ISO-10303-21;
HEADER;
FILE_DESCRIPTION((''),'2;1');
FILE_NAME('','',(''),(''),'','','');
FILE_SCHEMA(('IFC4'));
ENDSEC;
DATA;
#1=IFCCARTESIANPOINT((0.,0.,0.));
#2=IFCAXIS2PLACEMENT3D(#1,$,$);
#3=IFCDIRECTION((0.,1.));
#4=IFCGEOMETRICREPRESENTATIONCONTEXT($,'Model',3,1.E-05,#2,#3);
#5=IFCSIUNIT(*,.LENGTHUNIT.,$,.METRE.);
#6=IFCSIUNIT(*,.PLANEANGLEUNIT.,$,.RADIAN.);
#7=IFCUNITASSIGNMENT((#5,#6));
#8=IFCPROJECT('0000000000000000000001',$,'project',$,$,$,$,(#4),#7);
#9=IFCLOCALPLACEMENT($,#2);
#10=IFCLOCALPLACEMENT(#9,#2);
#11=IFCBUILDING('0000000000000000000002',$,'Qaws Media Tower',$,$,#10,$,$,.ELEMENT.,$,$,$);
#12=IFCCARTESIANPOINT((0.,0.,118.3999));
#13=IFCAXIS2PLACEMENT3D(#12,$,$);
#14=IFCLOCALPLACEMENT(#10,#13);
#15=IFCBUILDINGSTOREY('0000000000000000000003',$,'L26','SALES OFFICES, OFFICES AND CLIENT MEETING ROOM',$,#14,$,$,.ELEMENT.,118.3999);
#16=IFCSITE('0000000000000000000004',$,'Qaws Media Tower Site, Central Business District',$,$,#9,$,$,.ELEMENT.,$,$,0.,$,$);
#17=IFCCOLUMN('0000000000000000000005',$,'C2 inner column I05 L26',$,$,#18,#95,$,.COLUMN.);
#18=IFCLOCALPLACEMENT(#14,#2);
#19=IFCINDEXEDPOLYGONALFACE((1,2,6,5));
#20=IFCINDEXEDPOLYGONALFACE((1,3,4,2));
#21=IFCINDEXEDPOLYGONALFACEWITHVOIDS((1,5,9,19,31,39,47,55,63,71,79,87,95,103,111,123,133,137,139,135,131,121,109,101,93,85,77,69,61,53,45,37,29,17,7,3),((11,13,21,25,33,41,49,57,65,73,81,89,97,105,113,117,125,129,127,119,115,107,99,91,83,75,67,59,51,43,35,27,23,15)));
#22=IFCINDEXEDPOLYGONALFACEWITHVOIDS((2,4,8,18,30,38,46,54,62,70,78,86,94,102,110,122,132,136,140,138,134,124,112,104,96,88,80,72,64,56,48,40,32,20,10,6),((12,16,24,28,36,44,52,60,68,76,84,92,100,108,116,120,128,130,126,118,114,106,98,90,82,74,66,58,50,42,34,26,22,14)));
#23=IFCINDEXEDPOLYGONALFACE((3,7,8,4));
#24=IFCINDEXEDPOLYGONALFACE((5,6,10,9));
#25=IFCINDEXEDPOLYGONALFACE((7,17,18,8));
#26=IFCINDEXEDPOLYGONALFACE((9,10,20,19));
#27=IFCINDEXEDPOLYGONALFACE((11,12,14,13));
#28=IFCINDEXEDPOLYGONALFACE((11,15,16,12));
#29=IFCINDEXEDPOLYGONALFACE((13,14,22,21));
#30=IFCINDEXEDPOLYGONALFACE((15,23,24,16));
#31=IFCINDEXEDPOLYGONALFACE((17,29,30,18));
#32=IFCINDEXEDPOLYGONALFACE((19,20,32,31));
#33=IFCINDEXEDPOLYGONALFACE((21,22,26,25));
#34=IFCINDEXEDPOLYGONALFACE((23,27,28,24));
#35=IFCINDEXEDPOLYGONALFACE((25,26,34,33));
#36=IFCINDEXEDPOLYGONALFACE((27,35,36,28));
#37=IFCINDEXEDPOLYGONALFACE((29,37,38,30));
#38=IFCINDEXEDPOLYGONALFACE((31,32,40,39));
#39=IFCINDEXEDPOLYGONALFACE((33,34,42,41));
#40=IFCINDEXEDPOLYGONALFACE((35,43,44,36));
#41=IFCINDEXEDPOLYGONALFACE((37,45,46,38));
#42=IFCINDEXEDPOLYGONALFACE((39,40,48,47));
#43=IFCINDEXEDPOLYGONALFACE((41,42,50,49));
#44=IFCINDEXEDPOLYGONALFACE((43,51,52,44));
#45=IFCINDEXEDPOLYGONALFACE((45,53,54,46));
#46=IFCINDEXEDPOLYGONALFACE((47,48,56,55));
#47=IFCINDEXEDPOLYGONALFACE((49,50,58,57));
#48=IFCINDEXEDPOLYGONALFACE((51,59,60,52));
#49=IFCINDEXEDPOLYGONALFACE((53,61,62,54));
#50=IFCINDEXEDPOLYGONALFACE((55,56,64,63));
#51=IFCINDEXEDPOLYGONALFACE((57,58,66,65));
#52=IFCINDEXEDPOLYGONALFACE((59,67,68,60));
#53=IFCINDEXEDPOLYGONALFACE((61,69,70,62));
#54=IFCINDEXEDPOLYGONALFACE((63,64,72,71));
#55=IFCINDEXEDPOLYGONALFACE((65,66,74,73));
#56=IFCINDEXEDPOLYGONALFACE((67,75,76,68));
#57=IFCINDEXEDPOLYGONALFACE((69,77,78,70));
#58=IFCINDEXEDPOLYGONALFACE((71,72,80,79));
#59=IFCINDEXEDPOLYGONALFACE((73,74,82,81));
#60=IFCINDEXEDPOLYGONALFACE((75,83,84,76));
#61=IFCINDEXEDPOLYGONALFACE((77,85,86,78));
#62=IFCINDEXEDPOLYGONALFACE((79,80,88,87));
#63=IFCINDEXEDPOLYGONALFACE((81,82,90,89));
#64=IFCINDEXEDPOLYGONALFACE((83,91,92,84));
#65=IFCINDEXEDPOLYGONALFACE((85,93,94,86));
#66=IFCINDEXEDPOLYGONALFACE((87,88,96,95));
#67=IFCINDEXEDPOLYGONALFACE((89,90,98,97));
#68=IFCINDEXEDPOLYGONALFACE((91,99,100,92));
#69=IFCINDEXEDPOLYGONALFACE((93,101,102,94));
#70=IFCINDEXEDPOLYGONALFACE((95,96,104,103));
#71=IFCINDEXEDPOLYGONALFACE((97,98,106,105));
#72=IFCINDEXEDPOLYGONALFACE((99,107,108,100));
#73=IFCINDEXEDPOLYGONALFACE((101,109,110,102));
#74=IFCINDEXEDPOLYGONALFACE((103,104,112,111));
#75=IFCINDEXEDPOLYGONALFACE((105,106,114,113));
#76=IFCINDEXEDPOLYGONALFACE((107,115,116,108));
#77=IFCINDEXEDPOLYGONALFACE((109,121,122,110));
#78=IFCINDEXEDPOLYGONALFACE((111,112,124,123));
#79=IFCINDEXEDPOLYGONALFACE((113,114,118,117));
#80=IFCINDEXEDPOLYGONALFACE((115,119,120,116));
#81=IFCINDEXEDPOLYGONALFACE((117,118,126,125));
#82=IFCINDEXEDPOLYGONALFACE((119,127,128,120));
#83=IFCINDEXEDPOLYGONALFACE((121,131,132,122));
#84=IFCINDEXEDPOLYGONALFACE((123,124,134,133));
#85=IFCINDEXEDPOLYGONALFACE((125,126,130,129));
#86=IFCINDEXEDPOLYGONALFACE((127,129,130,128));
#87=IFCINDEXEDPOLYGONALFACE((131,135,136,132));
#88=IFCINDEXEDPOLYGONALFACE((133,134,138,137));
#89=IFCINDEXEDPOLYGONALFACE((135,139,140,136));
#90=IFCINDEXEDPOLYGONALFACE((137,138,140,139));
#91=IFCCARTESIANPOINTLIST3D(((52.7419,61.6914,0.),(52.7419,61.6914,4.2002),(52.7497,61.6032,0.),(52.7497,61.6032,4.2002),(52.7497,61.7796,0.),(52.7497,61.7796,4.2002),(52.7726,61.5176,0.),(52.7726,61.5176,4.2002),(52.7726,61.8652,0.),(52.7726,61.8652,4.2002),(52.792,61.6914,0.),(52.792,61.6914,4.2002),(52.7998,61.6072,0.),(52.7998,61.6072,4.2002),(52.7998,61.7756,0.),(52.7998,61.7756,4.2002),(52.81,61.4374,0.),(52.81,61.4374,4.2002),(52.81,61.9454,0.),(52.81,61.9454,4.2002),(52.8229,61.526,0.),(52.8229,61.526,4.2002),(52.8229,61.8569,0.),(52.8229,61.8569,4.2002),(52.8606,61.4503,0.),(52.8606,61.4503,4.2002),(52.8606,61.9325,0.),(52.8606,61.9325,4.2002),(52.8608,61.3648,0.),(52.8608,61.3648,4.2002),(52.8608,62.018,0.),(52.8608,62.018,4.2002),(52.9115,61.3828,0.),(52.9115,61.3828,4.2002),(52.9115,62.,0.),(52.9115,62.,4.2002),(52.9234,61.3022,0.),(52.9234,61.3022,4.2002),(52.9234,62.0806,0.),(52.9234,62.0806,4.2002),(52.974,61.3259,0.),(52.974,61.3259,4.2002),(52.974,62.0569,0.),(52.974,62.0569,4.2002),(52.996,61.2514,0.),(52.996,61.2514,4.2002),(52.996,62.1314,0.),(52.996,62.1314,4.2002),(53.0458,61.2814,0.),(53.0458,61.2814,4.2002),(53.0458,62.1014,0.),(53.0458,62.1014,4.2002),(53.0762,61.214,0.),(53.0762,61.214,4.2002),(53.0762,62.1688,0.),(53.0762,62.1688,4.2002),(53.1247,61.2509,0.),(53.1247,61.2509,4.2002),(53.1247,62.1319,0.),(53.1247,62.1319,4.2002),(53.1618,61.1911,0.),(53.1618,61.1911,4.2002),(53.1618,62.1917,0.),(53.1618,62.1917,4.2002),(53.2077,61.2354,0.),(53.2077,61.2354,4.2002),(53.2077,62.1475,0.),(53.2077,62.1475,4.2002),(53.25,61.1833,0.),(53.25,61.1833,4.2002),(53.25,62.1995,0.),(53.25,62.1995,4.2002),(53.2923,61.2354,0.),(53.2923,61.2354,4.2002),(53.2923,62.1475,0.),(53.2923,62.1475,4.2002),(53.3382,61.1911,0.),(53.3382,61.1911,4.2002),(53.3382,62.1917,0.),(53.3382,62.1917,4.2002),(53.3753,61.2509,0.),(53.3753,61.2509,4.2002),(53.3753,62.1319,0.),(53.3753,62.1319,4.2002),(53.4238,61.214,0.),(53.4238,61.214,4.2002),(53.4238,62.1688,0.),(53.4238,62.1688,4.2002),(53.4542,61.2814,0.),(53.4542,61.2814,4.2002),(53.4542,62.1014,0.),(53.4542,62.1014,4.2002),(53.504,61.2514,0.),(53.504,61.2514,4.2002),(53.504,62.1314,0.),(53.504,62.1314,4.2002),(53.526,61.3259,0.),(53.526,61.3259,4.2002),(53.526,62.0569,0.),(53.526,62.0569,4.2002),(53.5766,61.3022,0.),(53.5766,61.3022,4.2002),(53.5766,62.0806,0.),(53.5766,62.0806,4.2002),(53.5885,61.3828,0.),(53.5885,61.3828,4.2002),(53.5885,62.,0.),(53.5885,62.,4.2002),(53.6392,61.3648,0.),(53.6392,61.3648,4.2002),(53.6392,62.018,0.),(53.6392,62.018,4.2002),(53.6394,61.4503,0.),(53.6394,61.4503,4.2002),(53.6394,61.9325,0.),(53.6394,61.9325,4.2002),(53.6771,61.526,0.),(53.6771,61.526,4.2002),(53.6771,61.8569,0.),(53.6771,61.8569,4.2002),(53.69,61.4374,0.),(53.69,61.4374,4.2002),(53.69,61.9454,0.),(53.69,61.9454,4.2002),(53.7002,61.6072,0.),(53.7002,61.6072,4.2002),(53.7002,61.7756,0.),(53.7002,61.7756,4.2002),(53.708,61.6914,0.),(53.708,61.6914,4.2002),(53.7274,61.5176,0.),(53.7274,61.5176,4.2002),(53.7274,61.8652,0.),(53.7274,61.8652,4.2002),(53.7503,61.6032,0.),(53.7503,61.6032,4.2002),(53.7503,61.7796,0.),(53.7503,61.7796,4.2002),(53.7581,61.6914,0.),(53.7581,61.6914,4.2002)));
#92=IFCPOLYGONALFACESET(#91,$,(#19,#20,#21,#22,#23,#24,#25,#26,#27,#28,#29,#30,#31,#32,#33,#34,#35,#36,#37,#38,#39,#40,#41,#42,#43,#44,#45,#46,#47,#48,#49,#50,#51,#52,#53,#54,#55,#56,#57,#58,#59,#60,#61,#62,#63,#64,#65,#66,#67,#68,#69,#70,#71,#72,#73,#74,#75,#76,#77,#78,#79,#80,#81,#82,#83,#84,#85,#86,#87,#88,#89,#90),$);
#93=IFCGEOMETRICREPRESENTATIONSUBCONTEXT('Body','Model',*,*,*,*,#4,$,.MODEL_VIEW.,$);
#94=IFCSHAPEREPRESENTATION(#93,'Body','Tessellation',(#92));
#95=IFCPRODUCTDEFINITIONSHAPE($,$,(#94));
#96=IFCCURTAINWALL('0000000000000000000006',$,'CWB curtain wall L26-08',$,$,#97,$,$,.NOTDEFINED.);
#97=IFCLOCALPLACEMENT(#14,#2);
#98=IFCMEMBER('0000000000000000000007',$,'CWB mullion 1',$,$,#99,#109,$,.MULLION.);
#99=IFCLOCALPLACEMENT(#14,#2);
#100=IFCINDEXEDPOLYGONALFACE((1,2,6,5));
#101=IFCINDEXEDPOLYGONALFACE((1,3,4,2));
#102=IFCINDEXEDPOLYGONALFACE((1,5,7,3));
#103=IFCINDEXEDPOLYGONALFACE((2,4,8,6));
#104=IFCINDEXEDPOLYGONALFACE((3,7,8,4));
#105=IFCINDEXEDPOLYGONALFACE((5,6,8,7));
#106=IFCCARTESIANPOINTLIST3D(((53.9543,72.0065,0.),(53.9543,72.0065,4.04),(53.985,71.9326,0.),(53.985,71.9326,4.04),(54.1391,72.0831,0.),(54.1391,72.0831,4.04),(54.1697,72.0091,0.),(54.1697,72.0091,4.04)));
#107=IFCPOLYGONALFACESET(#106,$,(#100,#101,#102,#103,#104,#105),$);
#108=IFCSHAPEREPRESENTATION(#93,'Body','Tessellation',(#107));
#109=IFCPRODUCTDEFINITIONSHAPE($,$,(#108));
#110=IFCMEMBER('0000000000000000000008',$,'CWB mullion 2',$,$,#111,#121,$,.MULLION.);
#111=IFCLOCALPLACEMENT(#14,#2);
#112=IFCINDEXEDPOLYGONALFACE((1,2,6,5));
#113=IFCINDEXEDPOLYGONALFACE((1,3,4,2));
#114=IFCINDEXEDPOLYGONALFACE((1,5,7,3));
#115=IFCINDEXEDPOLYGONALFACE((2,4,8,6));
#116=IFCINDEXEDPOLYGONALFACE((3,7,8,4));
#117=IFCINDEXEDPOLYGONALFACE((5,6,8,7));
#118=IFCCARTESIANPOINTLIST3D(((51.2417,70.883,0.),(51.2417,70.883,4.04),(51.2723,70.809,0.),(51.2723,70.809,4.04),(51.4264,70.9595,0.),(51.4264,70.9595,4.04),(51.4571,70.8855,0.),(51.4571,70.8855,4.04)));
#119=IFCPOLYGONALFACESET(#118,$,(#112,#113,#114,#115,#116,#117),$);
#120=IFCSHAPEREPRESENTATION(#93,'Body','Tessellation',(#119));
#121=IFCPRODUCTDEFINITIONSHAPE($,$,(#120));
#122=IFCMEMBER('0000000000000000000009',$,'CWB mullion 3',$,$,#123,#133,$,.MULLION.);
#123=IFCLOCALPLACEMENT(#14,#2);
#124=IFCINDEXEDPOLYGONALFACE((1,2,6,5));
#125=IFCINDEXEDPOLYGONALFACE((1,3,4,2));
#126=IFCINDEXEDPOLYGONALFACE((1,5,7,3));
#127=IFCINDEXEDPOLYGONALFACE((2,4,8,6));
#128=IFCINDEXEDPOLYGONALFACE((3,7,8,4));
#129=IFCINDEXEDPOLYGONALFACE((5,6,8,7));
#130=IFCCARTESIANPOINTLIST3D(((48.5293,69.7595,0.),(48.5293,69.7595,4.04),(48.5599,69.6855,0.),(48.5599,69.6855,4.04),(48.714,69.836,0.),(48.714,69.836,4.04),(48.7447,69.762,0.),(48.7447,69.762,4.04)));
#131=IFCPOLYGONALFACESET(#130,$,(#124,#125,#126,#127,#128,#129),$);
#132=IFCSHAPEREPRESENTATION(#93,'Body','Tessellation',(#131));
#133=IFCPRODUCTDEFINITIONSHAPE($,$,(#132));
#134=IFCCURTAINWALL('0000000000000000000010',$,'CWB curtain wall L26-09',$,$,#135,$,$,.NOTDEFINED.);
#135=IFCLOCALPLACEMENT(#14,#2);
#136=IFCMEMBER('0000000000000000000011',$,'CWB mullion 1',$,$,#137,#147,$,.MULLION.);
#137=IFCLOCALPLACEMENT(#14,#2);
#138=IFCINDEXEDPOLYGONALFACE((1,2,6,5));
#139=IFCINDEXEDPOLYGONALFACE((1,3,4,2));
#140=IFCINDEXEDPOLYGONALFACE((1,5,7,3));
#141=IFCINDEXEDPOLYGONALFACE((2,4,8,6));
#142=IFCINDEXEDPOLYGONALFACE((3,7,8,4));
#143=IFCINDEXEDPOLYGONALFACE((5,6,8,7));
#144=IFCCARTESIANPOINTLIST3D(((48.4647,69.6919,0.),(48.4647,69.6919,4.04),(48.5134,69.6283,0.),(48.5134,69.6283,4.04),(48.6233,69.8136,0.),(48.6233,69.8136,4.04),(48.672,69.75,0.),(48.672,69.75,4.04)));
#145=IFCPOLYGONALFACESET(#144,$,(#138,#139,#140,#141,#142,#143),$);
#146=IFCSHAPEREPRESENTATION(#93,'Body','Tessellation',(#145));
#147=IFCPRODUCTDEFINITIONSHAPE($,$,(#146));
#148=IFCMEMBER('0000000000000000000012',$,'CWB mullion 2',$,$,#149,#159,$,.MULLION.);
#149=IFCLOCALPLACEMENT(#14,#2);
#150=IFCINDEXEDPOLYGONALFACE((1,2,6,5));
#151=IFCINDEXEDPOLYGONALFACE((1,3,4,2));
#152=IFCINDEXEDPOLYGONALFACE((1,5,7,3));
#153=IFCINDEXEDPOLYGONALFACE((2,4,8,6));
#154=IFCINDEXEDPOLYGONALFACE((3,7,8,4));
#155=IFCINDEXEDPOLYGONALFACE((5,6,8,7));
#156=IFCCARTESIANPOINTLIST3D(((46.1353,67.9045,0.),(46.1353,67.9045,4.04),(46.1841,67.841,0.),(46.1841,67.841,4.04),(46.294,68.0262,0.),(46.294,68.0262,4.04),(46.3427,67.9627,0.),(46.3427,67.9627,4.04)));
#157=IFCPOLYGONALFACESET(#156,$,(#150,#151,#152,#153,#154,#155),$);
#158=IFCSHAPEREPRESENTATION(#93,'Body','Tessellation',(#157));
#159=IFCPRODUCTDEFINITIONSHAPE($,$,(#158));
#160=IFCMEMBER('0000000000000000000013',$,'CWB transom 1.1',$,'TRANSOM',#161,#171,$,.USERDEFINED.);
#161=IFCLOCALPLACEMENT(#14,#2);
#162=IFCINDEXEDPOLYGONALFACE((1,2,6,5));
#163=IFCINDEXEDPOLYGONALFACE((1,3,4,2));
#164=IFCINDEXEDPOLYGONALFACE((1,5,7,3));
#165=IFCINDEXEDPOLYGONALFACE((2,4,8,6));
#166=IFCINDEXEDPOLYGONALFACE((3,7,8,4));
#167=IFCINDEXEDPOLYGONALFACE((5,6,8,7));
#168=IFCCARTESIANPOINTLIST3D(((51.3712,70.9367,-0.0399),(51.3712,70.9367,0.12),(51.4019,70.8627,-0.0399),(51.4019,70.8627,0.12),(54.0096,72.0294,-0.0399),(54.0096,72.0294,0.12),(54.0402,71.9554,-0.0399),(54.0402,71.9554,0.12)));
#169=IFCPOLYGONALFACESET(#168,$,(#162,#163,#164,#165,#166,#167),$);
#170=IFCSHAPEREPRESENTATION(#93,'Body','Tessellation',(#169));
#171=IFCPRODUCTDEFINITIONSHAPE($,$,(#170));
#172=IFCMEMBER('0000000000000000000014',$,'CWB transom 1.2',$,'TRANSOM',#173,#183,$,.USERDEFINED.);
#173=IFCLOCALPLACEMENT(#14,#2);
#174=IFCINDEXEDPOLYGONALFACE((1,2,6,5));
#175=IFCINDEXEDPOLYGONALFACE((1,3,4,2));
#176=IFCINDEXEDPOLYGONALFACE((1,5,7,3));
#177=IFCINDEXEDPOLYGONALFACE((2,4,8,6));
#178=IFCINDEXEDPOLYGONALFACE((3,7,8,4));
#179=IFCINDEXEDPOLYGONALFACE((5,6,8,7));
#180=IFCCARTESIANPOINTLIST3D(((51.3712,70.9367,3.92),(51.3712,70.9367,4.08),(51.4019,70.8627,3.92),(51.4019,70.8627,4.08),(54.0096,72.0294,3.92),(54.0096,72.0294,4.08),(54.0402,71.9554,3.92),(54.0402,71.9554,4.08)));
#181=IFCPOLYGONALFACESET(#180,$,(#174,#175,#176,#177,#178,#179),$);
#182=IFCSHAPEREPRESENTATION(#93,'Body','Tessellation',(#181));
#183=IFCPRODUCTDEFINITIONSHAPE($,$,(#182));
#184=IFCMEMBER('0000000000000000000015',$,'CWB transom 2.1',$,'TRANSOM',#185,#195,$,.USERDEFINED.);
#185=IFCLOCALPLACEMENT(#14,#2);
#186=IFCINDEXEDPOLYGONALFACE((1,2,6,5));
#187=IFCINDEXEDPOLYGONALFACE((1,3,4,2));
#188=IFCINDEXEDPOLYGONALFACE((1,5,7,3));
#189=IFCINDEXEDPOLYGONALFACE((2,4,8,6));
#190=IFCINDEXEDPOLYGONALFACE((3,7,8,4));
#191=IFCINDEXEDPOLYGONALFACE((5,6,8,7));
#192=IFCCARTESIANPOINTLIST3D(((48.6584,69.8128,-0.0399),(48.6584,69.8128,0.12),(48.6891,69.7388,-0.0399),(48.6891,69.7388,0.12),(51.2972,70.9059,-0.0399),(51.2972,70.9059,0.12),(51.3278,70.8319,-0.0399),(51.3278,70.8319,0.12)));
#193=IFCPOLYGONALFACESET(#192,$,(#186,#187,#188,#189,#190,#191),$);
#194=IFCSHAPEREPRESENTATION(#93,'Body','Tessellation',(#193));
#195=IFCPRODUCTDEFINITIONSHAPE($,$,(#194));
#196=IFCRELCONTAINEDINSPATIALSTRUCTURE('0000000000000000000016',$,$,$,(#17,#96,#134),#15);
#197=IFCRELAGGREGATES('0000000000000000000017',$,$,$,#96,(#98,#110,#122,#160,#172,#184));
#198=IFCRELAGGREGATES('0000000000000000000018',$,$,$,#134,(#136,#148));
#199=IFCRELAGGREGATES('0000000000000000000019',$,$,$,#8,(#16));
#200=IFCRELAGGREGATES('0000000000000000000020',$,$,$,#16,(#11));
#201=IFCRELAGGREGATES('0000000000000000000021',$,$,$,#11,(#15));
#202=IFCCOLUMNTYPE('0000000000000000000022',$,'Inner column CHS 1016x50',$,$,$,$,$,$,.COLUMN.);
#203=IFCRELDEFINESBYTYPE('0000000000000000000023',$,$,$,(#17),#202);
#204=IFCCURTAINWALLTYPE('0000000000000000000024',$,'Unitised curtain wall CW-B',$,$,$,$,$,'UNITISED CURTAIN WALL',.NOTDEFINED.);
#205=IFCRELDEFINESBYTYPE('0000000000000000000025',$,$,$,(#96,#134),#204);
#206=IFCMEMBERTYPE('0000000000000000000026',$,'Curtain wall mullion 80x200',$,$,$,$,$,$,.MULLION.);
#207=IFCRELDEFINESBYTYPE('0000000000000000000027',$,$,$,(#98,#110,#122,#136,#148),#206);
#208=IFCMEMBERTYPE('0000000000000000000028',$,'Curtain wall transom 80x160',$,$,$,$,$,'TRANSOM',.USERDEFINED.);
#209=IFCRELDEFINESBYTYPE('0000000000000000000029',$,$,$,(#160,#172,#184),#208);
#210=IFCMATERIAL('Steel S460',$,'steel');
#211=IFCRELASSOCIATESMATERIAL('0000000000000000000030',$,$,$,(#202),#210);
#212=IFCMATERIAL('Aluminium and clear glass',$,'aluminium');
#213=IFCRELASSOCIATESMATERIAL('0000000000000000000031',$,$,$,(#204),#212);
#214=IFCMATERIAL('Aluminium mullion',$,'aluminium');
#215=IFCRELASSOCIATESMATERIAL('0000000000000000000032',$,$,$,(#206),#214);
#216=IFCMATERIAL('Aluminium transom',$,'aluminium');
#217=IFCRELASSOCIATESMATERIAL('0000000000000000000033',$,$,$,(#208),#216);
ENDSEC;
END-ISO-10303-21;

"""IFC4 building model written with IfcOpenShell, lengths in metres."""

from ifc_helpers import new_model, si_unit, direction, frame, origin, origin_2d, place, context, subcontext, project, spatial, rectangle, hollow_circle, extrude, material, material_profile, profile_set, type_object, element, aggregate, save


model = new_model("IFC4")

# Units and contexts
model_context = context("Model", 3, precision=1e-05, world=origin(), true_north=direction((0.0, 1.0)))
body_context = subcontext(model_context, "Body", "Model", "MODEL_VIEW")
ifc_project = project(units=[si_unit("LENGTHUNIT", "METRE"), si_unit("PLANEANGLEUNIT", "RADIAN")], contexts=[model_context])

# Site, building, storey
site_placement = place(None, origin())
site = spatial("IfcSite", under=ifc_project, at=site_placement, Name="Qaws Media Tower Site, Central Business District", CompositionType="ELEMENT", RefElevation=0.0)
building_placement = place(site_placement, origin())
building = spatial("IfcBuilding", under=site, at=building_placement, Name="Qaws Media Tower", CompositionType="ELEMENT")
storey_placement = place(building_placement, frame((0.0, 0.0, 118.3999)))
storey = spatial("IfcBuildingStorey", under=building, at=storey_placement, Name="L26", Description="SALES OFFICES, OFFICES AND CLIENT MEETING ROOM", CompositionType="ELEMENT", Elevation=118.3999)

# Column
ifc_material_1 = material(Name="Steel S460", Category="steel")
ifc_material_profile_1 = material_profile(ifc_material_1, hollow_circle(Radius=0.5081, WallThickness=0.05, at=origin_2d()), Name="CHS 1016x50")
ifc_profile_set_1 = profile_set([ifc_material_profile_1], Name="Steel S460")
column_type = type_object("IfcColumnType", Name="Inner column CHS 1016x50", PredefinedType="COLUMN", material=ifc_profile_set_1)
column_placement = place(storey_placement, frame((53.25, 61.6914, 0.0), z_axis=(0.0, 0.0, 1.0), x_axis=(1.0, 0.0, 0.0)))
element("IfcColumn", 1, at=column_placement, inside=storey, type_object=column_type, Name="C2 inner column I05 L26", PredefinedType="COLUMN", context=body_context, shape_type="SweptSolid", body=[
    extrude(hollow_circle(Radius=0.5081, WallThickness=0.05, at=origin_2d()), origin(), (0.0, 0.0, 1.0), 4.2002),
])

# Curtain walls, members
ifc_material_2 = material(Name="Aluminium and clear glass", Category="aluminium")
curtain_wall_type = type_object("IfcCurtainWallType", Name="Unitised curtain wall CW-B", ElementType="UNITISED CURTAIN WALL", PredefinedType="NOTDEFINED", material=ifc_material_2)
curtain_wall_1_placement = place(storey_placement, origin())
curtain_wall_1 = element("IfcCurtainWall", 2, at=curtain_wall_1_placement, inside=storey, type_object=curtain_wall_type, Name="CWB curtain wall L26-08", PredefinedType="NOTDEFINED")
ifc_material_3 = material(Name="Aluminium mullion", Category="aluminium")
ifc_material_profile_2 = material_profile(ifc_material_3, rectangle(XDim=0.0801, YDim=0.2, at=origin_2d()), Name="80x200")
ifc_profile_set_2 = profile_set([ifc_material_profile_2], Name="Aluminium mullion")
member_type_1 = type_object("IfcMemberType", Name="Curtain wall mullion 80x200", PredefinedType="MULLION", material=ifc_profile_set_2)
member_1_placement = place(storey_placement, frame((54.062, 72.0078, 0.0), z_axis=(0.0, 0.0, 1.0), x_axis=(0.382683, -0.92388, 0.0)))
member_1 = element("IfcMember", 3, at=member_1_placement, type_object=member_type_1, Name="CWB mullion 1", PredefinedType="MULLION", context=body_context, shape_type="SweptSolid", body=[
    extrude(rectangle(XDim=0.0801, YDim=0.2, at=origin_2d()), origin(), (0.0, 0.0, 1.0), 4.04),
])
member_2_placement = place(storey_placement, frame((51.3494, 70.8843, 0.0), z_axis=(0.0, 0.0, 1.0), x_axis=(0.382683, -0.92388, 0.0)))
member_2 = element("IfcMember", 4, at=member_2_placement, type_object=member_type_1, Name="CWB mullion 2", PredefinedType="MULLION", context=body_context, shape_type="SweptSolid", body=[
    extrude(rectangle(XDim=0.0801, YDim=0.2, at=origin_2d()), origin(), (0.0, 0.0, 1.0), 4.04),
])
member_3_placement = place(storey_placement, frame((48.637, 69.7607, 0.0), z_axis=(0.0, 0.0, 1.0), x_axis=(0.382683, -0.92388, 0.0)))
member_3 = element("IfcMember", 5, at=member_3_placement, type_object=member_type_1, Name="CWB mullion 3", PredefinedType="MULLION", context=body_context, shape_type="SweptSolid", body=[
    extrude(rectangle(XDim=0.0801, YDim=0.2, at=origin_2d()), origin(), (0.0, 0.0, 1.0), 4.04),
])
curtain_wall_2_placement = place(storey_placement, origin())
curtain_wall_2 = element("IfcCurtainWall", 6, at=curtain_wall_2_placement, inside=storey, type_object=curtain_wall_type, Name="CWB curtain wall L26-09", PredefinedType="NOTDEFINED")
member_4_placement = place(storey_placement, frame((48.5684, 69.7209, 0.0), z_axis=(0.0, 0.0, 1.0), x_axis=(0.608761, -0.793353, 0.0)))
member_4 = element("IfcMember", 7, at=member_4_placement, type_object=member_type_1, Name="CWB mullion 1", PredefinedType="MULLION", context=body_context, shape_type="SweptSolid", body=[
    extrude(rectangle(XDim=0.0801, YDim=0.2, at=origin_2d()), origin(), (0.0, 0.0, 1.0), 4.04),
])
member_5_placement = place(storey_placement, frame((46.239, 67.9336, 0.0), z_axis=(0.0, 0.0, 1.0), x_axis=(0.608761, -0.793353, 0.0)))
member_5 = element("IfcMember", 8, at=member_5_placement, type_object=member_type_1, Name="CWB mullion 2", PredefinedType="MULLION", context=body_context, shape_type="SweptSolid", body=[
    extrude(rectangle(XDim=0.0801, YDim=0.2, at=origin_2d()), origin(), (0.0, 0.0, 1.0), 4.04),
])

# Members
ifc_material_4 = material(Name="Aluminium transom", Category="aluminium")
ifc_material_profile_3 = material_profile(ifc_material_4, rectangle(XDim=0.0801, YDim=0.1599, at=origin_2d()), Name="80x160")
ifc_profile_set_3 = profile_set([ifc_material_profile_3], Name="Aluminium transom")
member_type_2 = type_object("IfcMemberType", Name="Curtain wall transom 80x160", ElementType="TRANSOM", PredefinedType="USERDEFINED", material=ifc_profile_set_3)
member_6_placement = place(storey_placement, frame((54.0249, 71.9924, 0.04), z_axis=(-0.923892, -0.382654, 0.0), x_axis=(0.382654, -0.923892, 0.0)))
member_6 = element("IfcMember", 9, at=member_6_placement, type_object=member_type_2, Name="CWB transom 1.1", ObjectType="TRANSOM", PredefinedType="USERDEFINED", context=body_context, shape_type="SweptSolid", body=[
    extrude(rectangle(XDim=0.0801, YDim=0.1599, at=origin_2d()), origin(), (0.0, 0.0, 1.0), 2.8557),
])
member_7_placement = place(storey_placement, frame((54.0249, 71.9924, 4.0), z_axis=(-0.923892, -0.382654, 0.0), x_axis=(0.382654, -0.923892, 0.0)))
member_7 = element("IfcMember", 10, at=member_7_placement, type_object=member_type_2, Name="CWB transom 1.2", ObjectType="TRANSOM", PredefinedType="USERDEFINED", context=body_context, shape_type="SweptSolid", body=[
    extrude(rectangle(XDim=0.0801, YDim=0.1599, at=origin_2d()), origin(), (0.0, 0.0, 1.0), 2.8557),
])
member_8_placement = place(storey_placement, frame((51.3125, 70.8689, 0.04), z_axis=(-0.923874, -0.382697, 0.0), x_axis=(0.382697, -0.923874, 0.0)))
member_8 = element("IfcMember", 11, at=member_8_placement, type_object=member_type_2, Name="CWB transom 2.1", ObjectType="TRANSOM", PredefinedType="USERDEFINED", context=body_context, shape_type="SweptSolid", body=[
    extrude(rectangle(XDim=0.0801, YDim=0.1599, at=origin_2d()), origin(), (0.0, 0.0, 1.0), 2.8562),
])

aggregate(curtain_wall_1, [member_1, member_2, member_3, member_6, member_7, member_8])
aggregate(curtain_wall_2, [member_4, member_5])

save(model, "model.ifc")
